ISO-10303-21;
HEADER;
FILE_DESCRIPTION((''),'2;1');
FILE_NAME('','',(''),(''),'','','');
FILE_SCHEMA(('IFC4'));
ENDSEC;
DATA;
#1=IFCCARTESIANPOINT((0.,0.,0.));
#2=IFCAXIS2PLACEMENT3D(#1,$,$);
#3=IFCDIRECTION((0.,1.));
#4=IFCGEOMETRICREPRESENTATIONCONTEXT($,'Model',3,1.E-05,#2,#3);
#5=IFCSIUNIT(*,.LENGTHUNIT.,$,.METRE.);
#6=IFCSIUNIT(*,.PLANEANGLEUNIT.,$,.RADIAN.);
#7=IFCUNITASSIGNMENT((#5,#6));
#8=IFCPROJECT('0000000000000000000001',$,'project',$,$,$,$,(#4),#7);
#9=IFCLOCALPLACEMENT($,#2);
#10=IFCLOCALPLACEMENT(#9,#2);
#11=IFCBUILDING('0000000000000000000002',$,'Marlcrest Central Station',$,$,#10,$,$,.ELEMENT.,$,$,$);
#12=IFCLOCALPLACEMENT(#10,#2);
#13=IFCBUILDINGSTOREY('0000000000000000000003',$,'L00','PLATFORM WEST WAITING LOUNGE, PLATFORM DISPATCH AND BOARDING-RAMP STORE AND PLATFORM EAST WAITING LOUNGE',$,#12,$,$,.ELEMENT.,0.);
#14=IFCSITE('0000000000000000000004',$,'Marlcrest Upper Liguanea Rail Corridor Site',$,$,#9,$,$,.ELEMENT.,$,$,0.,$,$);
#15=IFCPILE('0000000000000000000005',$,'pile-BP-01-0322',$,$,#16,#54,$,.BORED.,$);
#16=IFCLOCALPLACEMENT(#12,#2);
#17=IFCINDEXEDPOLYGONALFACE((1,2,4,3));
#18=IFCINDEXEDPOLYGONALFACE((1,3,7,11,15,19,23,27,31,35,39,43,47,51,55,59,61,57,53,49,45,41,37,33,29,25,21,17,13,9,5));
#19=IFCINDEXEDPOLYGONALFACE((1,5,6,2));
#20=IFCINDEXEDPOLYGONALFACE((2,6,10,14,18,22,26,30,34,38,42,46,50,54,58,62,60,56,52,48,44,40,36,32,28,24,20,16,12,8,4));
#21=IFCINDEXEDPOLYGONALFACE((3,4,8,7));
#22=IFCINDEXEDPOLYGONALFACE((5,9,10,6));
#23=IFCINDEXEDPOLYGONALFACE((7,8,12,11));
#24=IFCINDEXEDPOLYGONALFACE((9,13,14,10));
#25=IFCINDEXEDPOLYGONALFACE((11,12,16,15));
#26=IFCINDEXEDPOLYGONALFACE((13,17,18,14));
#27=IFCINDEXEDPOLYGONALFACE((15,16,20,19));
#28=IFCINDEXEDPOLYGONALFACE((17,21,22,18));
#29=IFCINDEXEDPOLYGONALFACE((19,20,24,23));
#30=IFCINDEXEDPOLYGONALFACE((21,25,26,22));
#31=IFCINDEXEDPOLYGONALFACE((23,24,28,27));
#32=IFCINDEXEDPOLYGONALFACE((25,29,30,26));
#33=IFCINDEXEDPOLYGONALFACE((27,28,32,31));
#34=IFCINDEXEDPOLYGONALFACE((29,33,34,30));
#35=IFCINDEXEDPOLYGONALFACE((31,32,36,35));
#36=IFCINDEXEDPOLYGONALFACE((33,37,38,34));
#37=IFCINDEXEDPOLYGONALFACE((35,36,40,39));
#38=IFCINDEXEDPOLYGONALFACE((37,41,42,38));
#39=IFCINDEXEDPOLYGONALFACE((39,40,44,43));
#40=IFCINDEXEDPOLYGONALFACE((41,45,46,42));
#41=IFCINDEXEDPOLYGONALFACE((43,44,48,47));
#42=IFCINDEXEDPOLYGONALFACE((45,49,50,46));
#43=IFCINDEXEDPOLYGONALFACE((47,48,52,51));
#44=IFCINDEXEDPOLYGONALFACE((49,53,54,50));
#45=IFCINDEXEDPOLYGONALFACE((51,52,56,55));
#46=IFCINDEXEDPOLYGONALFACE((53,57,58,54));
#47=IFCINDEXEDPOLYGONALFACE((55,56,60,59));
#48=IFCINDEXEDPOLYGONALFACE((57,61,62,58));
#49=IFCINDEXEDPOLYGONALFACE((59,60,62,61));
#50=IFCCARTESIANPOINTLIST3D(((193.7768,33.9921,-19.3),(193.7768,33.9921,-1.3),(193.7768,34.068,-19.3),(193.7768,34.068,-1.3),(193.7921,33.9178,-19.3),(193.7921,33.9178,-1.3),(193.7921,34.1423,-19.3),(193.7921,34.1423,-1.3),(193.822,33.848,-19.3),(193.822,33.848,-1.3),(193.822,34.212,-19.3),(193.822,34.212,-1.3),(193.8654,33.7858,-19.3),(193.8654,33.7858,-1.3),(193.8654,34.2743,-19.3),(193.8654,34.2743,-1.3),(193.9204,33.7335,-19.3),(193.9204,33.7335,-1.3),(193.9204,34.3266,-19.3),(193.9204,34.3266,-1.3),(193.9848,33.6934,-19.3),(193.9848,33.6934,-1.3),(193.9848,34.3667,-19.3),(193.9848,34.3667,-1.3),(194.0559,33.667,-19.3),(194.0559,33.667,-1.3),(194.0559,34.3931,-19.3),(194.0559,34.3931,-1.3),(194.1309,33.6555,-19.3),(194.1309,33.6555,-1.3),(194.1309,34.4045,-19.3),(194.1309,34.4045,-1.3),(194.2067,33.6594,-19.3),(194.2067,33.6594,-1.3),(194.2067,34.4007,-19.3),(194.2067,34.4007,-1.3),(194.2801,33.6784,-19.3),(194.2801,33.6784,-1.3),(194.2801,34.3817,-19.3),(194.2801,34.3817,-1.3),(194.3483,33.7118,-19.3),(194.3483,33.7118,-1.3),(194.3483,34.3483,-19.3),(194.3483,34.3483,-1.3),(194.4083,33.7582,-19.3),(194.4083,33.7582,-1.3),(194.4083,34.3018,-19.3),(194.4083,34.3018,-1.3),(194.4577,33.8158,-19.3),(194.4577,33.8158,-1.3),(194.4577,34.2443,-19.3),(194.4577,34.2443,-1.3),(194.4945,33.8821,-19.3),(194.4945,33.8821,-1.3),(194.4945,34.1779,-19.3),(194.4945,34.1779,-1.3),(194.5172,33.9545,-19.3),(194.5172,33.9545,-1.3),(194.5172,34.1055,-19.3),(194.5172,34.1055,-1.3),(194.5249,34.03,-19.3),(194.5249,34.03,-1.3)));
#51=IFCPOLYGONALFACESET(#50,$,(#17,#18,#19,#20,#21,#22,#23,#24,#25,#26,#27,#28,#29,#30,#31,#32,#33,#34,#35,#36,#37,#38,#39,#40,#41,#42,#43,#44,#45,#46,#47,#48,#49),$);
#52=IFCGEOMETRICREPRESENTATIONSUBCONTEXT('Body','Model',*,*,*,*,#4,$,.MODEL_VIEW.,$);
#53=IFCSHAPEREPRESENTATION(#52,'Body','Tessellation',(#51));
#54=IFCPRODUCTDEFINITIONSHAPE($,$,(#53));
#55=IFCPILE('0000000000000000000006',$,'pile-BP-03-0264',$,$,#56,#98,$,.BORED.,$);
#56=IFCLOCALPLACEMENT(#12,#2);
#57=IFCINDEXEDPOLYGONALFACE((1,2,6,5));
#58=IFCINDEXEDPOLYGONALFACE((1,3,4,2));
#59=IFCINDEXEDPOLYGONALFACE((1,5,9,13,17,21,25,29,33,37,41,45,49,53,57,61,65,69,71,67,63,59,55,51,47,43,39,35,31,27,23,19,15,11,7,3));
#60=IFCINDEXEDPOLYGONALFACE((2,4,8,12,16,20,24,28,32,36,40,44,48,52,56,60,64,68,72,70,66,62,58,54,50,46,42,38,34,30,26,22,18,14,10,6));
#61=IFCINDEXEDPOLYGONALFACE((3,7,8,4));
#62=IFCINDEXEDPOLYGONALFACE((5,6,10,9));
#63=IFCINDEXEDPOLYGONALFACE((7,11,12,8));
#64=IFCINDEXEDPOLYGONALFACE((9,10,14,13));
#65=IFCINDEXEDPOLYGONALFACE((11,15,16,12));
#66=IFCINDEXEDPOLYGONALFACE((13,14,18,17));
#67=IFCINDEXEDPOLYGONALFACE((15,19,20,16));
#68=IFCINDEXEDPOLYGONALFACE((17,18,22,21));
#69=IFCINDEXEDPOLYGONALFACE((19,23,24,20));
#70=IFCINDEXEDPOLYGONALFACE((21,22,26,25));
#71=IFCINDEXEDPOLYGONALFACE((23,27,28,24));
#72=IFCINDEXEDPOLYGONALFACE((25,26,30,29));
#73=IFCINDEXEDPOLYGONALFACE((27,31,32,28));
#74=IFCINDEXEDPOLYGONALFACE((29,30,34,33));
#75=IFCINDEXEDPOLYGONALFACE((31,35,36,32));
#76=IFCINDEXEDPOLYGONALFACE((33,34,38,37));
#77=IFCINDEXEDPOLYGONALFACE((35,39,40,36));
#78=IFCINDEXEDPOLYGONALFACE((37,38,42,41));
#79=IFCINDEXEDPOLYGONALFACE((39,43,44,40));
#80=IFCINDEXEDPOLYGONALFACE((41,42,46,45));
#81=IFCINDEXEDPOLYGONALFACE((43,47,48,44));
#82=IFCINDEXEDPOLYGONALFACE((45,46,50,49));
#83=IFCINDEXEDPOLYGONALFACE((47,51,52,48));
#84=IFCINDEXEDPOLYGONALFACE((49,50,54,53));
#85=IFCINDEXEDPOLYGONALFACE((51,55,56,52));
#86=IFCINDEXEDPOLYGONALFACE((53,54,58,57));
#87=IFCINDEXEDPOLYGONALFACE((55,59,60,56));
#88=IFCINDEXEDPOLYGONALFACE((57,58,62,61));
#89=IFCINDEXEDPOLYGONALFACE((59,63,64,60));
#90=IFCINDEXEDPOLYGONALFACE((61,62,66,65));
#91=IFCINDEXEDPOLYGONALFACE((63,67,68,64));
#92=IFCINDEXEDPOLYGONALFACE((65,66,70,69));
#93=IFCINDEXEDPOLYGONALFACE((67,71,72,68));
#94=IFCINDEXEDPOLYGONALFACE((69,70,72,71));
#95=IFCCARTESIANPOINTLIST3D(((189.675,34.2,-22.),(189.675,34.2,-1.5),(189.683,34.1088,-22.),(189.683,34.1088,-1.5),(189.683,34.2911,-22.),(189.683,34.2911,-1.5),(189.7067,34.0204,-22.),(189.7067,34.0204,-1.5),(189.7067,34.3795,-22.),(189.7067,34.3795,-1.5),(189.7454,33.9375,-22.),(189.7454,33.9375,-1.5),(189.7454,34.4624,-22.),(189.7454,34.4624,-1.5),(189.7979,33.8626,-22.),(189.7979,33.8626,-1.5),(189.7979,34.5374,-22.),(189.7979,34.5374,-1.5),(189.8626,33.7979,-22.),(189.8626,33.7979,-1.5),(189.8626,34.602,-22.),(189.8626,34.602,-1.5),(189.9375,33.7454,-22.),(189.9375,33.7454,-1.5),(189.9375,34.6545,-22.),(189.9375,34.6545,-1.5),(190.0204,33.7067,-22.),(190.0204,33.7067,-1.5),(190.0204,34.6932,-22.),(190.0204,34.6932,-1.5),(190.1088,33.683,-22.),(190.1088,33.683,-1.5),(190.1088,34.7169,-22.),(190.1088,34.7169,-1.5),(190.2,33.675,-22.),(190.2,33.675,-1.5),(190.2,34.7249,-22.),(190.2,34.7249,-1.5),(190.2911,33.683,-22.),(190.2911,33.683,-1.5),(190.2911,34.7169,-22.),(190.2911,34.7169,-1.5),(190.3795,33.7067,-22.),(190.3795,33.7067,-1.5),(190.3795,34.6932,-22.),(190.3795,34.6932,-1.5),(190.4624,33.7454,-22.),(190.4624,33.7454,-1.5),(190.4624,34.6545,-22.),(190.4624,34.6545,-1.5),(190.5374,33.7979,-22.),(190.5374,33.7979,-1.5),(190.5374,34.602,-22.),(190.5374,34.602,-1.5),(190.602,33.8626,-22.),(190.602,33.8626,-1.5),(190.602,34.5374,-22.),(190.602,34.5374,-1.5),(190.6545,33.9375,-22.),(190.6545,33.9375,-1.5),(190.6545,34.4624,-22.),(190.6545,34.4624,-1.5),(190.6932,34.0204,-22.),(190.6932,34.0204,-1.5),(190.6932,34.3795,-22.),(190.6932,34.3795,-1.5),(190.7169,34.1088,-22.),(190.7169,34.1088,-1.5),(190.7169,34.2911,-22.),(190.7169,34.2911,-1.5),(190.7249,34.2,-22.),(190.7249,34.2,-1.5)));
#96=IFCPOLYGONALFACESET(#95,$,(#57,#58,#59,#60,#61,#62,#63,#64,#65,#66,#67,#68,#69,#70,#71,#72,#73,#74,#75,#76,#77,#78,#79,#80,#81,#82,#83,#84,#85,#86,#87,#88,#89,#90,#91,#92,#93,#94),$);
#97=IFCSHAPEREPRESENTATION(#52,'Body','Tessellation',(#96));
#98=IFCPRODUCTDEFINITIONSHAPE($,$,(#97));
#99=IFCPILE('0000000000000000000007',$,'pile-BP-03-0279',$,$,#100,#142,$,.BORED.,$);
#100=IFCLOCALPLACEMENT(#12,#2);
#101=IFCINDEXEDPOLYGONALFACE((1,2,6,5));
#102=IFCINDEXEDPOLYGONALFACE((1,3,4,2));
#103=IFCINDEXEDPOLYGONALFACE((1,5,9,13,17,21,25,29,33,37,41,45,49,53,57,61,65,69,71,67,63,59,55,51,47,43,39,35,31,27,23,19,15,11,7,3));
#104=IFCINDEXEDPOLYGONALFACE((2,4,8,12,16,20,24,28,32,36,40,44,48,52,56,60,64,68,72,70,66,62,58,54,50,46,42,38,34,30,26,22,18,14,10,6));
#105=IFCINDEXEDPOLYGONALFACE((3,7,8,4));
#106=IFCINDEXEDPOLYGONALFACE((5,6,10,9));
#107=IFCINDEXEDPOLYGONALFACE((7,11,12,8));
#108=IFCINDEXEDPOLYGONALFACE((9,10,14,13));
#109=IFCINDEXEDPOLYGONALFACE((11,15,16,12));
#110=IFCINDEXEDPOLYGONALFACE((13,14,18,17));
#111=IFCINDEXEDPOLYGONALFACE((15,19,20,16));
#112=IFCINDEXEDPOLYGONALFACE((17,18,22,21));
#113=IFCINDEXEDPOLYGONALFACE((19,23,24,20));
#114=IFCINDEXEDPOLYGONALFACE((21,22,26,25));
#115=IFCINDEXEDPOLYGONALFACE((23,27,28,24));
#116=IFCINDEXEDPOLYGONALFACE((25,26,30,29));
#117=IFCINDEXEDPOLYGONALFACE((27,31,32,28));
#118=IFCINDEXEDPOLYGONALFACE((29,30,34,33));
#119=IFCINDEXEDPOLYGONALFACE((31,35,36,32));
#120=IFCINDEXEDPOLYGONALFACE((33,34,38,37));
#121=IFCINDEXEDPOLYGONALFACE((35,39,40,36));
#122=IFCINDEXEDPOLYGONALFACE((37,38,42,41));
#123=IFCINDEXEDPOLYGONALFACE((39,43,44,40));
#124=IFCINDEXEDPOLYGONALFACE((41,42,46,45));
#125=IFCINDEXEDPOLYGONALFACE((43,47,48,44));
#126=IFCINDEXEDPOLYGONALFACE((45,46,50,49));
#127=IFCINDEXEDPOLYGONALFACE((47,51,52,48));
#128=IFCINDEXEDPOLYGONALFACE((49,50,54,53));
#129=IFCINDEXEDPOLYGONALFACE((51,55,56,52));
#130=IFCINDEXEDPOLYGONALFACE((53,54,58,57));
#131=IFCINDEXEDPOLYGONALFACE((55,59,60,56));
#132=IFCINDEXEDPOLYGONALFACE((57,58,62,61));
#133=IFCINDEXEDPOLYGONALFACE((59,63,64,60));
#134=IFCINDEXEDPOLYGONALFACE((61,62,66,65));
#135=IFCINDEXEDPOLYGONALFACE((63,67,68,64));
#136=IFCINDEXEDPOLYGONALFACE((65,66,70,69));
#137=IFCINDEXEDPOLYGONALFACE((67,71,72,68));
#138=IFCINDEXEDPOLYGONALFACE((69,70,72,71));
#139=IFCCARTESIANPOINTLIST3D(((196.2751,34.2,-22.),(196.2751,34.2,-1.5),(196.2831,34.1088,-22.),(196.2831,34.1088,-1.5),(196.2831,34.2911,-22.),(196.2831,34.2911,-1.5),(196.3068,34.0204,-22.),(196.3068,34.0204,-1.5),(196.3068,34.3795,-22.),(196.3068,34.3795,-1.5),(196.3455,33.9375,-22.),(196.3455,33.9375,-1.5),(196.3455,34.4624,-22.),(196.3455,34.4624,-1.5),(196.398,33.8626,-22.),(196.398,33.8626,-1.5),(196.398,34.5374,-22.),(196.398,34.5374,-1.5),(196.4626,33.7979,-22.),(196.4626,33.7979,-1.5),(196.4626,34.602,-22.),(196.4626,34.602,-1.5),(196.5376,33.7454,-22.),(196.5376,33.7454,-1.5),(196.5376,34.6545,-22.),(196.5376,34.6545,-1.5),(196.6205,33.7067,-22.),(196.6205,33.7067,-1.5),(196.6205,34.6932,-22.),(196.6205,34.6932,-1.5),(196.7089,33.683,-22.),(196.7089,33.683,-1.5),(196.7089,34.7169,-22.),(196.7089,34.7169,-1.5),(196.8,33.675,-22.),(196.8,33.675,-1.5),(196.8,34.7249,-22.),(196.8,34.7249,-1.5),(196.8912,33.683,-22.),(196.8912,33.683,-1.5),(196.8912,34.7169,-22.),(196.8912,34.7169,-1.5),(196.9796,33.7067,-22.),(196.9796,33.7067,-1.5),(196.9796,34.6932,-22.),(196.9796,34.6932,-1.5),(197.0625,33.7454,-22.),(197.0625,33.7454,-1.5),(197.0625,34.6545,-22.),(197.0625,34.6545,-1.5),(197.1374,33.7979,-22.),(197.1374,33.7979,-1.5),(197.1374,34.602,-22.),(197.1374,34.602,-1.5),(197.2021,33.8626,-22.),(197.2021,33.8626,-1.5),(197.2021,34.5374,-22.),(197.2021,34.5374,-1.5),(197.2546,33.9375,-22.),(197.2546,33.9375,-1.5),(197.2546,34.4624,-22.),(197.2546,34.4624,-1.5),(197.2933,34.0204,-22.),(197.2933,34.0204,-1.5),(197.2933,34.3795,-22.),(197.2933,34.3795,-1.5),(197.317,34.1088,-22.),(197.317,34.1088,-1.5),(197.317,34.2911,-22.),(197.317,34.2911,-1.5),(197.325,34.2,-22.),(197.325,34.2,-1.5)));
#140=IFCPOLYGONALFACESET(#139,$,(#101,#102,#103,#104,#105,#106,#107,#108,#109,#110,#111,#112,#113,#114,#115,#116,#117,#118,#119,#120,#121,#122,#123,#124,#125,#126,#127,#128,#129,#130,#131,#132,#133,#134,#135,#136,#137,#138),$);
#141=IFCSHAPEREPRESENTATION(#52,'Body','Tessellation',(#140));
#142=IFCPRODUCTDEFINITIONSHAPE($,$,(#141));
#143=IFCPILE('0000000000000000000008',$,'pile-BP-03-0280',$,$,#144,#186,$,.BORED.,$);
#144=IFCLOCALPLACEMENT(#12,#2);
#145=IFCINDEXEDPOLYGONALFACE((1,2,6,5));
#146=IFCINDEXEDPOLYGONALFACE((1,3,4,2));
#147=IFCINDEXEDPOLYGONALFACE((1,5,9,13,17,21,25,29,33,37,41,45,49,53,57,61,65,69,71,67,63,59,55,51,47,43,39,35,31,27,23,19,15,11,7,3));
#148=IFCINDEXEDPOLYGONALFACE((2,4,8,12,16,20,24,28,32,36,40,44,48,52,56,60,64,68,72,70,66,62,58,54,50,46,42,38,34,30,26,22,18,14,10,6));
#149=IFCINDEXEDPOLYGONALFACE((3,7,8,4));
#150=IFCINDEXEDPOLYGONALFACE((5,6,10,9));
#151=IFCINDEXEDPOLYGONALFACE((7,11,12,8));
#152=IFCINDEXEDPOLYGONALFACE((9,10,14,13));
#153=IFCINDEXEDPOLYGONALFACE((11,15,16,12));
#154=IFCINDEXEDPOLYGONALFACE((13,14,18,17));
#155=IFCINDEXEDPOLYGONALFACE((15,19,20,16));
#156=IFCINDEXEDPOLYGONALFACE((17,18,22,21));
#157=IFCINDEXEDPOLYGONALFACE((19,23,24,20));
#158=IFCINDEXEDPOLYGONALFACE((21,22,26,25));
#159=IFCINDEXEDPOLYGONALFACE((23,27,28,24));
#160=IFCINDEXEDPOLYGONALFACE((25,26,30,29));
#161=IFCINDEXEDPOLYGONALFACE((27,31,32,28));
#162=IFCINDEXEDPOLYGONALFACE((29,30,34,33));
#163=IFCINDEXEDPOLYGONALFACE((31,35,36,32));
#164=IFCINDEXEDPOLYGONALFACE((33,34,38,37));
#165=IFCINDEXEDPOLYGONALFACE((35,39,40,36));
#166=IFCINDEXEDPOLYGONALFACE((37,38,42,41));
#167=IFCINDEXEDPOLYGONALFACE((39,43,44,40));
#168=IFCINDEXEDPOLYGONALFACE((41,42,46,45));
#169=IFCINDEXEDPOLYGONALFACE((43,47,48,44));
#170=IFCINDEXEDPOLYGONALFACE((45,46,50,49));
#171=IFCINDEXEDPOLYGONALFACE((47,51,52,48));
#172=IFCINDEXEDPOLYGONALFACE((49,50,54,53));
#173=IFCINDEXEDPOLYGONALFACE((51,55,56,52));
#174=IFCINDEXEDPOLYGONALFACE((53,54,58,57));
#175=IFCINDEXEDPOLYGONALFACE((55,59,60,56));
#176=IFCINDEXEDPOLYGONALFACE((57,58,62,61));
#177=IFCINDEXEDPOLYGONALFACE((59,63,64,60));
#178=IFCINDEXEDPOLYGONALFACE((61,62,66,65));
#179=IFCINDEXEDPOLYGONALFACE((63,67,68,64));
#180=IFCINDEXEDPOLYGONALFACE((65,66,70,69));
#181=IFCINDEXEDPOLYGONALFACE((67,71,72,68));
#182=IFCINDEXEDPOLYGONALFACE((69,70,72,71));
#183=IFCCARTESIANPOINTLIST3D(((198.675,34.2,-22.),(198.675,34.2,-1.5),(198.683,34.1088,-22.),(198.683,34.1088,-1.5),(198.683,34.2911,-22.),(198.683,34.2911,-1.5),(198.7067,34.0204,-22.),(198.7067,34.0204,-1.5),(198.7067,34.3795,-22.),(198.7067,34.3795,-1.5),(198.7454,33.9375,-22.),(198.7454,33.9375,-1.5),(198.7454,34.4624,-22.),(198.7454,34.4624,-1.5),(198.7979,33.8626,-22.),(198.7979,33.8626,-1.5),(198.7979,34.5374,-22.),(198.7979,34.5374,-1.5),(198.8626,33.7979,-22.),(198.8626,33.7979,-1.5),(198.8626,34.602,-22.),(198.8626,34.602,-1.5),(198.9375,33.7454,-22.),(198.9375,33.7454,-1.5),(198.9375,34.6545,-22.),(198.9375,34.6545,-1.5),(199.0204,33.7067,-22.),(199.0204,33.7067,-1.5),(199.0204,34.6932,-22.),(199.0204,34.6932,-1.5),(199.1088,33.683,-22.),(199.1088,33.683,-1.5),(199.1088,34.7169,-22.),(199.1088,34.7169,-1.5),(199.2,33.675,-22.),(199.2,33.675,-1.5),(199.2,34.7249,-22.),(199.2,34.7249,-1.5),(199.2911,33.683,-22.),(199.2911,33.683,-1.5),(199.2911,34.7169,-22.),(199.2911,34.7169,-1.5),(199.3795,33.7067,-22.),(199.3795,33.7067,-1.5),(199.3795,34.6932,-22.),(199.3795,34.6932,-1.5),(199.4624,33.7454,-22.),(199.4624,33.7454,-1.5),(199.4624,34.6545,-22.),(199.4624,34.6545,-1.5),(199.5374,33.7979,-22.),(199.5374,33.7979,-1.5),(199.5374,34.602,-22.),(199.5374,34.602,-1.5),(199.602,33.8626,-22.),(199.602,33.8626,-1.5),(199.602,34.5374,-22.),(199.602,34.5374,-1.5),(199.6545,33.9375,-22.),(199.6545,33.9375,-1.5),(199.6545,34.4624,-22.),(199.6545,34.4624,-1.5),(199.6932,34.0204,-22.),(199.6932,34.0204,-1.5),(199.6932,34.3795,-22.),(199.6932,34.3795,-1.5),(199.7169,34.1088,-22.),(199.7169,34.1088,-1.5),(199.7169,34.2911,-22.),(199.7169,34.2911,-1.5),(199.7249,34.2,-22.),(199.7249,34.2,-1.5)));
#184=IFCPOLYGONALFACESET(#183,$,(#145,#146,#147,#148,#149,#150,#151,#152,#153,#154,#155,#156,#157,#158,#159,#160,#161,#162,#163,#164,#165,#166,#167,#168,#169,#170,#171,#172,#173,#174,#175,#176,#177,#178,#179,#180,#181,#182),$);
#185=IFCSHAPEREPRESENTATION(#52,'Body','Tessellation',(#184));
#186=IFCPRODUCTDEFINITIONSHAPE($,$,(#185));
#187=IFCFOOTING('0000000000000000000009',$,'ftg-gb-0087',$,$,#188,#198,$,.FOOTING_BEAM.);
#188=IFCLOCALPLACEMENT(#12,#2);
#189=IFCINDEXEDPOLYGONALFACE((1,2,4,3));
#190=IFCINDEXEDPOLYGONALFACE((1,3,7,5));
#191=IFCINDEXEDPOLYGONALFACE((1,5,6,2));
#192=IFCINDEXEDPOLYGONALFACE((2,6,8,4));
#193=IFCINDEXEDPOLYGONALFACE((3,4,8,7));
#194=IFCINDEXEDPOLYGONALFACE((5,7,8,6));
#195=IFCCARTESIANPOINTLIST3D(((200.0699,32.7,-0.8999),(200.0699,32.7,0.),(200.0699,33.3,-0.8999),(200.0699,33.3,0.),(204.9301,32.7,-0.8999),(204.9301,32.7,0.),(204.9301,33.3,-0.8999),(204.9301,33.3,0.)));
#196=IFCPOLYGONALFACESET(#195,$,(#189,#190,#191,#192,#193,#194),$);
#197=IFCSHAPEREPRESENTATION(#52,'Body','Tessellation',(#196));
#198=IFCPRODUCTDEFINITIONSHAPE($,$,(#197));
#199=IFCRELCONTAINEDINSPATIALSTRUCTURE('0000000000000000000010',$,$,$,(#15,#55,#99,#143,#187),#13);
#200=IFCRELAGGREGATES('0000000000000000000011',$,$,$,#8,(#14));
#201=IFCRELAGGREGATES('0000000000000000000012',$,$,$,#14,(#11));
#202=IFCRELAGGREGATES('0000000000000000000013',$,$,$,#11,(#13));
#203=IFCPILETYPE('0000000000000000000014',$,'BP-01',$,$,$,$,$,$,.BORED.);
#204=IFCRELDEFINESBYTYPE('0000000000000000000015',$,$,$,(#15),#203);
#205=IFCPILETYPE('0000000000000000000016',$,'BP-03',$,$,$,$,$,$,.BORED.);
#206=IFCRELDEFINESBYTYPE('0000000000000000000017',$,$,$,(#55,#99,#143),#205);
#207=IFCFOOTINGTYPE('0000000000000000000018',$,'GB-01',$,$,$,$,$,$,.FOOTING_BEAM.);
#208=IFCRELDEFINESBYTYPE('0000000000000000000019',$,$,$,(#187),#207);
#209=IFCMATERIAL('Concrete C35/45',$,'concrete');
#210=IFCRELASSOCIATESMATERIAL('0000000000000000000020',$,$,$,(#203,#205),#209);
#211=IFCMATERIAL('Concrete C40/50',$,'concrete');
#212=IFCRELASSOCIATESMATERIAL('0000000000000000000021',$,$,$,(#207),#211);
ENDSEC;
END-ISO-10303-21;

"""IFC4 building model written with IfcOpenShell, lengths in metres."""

from ifc_helpers import new_model, si_unit, direction, frame, origin, origin_2d, place, context, subcontext, project, spatial, rectangle, circle, extrude, material, material_profile, profile_set, type_object, element, save


model = new_model("IFC4")

# Units and contexts
model_context = context("Model", 3, precision=1e-05, world=origin(), true_north=direction((0.0, 1.0)))
body_context = subcontext(model_context, "Body", "Model", "MODEL_VIEW")
ifc_project = project(units=[si_unit("LENGTHUNIT", "METRE"), si_unit("PLANEANGLEUNIT", "RADIAN")], contexts=[model_context])

# Site, building, storey
site_placement = place(None, origin())
site = spatial("IfcSite", under=ifc_project, at=site_placement, Name="Marlcrest Upper Liguanea Rail Corridor Site", CompositionType="ELEMENT", RefElevation=0.0)
building_placement = place(site_placement, origin())
building = spatial("IfcBuilding", under=site, at=building_placement, Name="Marlcrest Central Station", CompositionType="ELEMENT")
storey_placement = place(building_placement, origin())
storey = spatial("IfcBuildingStorey", under=building, at=storey_placement, Name="L00", Description="PLATFORM WEST WAITING LOUNGE, PLATFORM DISPATCH AND BOARDING-RAMP STORE AND PLATFORM EAST WAITING LOUNGE", CompositionType="ELEMENT", Elevation=0.0)

# Piles
ifc_material_1 = material(Name="Concrete C35/45", Category="concrete")
ifc_material_profile_1 = material_profile(ifc_material_1, circle(Radius=0.375, at=origin_2d()), Name="PILE D750")
ifc_profile_set_1 = profile_set([ifc_material_profile_1], Name="Concrete C35/45")
pile_type_1 = type_object("IfcPileType", Name="BP-01", PredefinedType="BORED", material=ifc_profile_set_1)
pile_placement = place(storey_placement, frame((194.1499, 34.03, -1.3), z_axis=(0.0, 0.0, -1.0), x_axis=(1.0, 0.0, 0.0)))
element("IfcPile", 1, at=pile_placement, inside=storey, type_object=pile_type_1, Name="pile-BP-01-0322", PredefinedType="BORED", context=body_context, shape_type="SweptSolid", body=[
    extrude(circle(Radius=0.375, at=origin_2d()), origin(), (0.0, 0.0, 1.0), 18.0),
])
ifc_material_profile_2 = material_profile(ifc_material_1, circle(Radius=0.5249, at=origin_2d()), Name="PILE D1050")
ifc_profile_set_2 = profile_set([ifc_material_profile_2], Name="Concrete C35/45")
pile_type_2 = type_object("IfcPileType", Name="BP-03", PredefinedType="BORED", material=ifc_profile_set_2)
for number, where, z_axis, x_axis, name in (
    (2, (190.2, 34.2, -1.5), (0.0, 0.0, -1.0), (1.0, 0.0, 0.0), "pile-BP-03-0264"),
    (3, (196.8, 34.2, -1.5), (0.0, 0.0, -1.0), (1.0, 0.0, 0.0), "pile-BP-03-0279"),
    (4, (199.2, 34.2, -1.5), (0.0, 0.0, -1.0), (1.0, 0.0, 0.0), "pile-BP-03-0280"),
):
    element("IfcPile", number, at=place(storey_placement, frame(where, z_axis=z_axis, x_axis=x_axis)), inside=storey, type_object=pile_type_2, Name=name, PredefinedType="BORED", context=body_context, shape_type="SweptSolid", body=[
        extrude(circle(Radius=0.5249, at=origin_2d()), origin(), (0.0, 0.0, 1.0), 20.5),
    ])

# Footing
ifc_material_2 = material(Name="Concrete C40/50", Category="concrete")
footing_type_1 = type_object("IfcFootingType", Name="GB-01", PredefinedType="FOOTING_BEAM", material=ifc_material_2)
footing_1_placement = place(storey_placement, frame((202.5, 33.0, -0.8999), z_axis=(0.0, 0.0, 1.0), x_axis=(1.0, 0.0, 0.0)))
element("IfcFooting", 5, at=footing_1_placement, inside=storey, type_object=footing_type_1, Name="ftg-gb-0087", PredefinedType="FOOTING_BEAM", context=body_context, shape_type="SweptSolid", body=[
    extrude(rectangle(XDim=4.8601, YDim=0.6001, at=origin_2d()), origin(), (0.0, 0.0, 1.0), 0.8999),
])

save(model, "model.ifc")
